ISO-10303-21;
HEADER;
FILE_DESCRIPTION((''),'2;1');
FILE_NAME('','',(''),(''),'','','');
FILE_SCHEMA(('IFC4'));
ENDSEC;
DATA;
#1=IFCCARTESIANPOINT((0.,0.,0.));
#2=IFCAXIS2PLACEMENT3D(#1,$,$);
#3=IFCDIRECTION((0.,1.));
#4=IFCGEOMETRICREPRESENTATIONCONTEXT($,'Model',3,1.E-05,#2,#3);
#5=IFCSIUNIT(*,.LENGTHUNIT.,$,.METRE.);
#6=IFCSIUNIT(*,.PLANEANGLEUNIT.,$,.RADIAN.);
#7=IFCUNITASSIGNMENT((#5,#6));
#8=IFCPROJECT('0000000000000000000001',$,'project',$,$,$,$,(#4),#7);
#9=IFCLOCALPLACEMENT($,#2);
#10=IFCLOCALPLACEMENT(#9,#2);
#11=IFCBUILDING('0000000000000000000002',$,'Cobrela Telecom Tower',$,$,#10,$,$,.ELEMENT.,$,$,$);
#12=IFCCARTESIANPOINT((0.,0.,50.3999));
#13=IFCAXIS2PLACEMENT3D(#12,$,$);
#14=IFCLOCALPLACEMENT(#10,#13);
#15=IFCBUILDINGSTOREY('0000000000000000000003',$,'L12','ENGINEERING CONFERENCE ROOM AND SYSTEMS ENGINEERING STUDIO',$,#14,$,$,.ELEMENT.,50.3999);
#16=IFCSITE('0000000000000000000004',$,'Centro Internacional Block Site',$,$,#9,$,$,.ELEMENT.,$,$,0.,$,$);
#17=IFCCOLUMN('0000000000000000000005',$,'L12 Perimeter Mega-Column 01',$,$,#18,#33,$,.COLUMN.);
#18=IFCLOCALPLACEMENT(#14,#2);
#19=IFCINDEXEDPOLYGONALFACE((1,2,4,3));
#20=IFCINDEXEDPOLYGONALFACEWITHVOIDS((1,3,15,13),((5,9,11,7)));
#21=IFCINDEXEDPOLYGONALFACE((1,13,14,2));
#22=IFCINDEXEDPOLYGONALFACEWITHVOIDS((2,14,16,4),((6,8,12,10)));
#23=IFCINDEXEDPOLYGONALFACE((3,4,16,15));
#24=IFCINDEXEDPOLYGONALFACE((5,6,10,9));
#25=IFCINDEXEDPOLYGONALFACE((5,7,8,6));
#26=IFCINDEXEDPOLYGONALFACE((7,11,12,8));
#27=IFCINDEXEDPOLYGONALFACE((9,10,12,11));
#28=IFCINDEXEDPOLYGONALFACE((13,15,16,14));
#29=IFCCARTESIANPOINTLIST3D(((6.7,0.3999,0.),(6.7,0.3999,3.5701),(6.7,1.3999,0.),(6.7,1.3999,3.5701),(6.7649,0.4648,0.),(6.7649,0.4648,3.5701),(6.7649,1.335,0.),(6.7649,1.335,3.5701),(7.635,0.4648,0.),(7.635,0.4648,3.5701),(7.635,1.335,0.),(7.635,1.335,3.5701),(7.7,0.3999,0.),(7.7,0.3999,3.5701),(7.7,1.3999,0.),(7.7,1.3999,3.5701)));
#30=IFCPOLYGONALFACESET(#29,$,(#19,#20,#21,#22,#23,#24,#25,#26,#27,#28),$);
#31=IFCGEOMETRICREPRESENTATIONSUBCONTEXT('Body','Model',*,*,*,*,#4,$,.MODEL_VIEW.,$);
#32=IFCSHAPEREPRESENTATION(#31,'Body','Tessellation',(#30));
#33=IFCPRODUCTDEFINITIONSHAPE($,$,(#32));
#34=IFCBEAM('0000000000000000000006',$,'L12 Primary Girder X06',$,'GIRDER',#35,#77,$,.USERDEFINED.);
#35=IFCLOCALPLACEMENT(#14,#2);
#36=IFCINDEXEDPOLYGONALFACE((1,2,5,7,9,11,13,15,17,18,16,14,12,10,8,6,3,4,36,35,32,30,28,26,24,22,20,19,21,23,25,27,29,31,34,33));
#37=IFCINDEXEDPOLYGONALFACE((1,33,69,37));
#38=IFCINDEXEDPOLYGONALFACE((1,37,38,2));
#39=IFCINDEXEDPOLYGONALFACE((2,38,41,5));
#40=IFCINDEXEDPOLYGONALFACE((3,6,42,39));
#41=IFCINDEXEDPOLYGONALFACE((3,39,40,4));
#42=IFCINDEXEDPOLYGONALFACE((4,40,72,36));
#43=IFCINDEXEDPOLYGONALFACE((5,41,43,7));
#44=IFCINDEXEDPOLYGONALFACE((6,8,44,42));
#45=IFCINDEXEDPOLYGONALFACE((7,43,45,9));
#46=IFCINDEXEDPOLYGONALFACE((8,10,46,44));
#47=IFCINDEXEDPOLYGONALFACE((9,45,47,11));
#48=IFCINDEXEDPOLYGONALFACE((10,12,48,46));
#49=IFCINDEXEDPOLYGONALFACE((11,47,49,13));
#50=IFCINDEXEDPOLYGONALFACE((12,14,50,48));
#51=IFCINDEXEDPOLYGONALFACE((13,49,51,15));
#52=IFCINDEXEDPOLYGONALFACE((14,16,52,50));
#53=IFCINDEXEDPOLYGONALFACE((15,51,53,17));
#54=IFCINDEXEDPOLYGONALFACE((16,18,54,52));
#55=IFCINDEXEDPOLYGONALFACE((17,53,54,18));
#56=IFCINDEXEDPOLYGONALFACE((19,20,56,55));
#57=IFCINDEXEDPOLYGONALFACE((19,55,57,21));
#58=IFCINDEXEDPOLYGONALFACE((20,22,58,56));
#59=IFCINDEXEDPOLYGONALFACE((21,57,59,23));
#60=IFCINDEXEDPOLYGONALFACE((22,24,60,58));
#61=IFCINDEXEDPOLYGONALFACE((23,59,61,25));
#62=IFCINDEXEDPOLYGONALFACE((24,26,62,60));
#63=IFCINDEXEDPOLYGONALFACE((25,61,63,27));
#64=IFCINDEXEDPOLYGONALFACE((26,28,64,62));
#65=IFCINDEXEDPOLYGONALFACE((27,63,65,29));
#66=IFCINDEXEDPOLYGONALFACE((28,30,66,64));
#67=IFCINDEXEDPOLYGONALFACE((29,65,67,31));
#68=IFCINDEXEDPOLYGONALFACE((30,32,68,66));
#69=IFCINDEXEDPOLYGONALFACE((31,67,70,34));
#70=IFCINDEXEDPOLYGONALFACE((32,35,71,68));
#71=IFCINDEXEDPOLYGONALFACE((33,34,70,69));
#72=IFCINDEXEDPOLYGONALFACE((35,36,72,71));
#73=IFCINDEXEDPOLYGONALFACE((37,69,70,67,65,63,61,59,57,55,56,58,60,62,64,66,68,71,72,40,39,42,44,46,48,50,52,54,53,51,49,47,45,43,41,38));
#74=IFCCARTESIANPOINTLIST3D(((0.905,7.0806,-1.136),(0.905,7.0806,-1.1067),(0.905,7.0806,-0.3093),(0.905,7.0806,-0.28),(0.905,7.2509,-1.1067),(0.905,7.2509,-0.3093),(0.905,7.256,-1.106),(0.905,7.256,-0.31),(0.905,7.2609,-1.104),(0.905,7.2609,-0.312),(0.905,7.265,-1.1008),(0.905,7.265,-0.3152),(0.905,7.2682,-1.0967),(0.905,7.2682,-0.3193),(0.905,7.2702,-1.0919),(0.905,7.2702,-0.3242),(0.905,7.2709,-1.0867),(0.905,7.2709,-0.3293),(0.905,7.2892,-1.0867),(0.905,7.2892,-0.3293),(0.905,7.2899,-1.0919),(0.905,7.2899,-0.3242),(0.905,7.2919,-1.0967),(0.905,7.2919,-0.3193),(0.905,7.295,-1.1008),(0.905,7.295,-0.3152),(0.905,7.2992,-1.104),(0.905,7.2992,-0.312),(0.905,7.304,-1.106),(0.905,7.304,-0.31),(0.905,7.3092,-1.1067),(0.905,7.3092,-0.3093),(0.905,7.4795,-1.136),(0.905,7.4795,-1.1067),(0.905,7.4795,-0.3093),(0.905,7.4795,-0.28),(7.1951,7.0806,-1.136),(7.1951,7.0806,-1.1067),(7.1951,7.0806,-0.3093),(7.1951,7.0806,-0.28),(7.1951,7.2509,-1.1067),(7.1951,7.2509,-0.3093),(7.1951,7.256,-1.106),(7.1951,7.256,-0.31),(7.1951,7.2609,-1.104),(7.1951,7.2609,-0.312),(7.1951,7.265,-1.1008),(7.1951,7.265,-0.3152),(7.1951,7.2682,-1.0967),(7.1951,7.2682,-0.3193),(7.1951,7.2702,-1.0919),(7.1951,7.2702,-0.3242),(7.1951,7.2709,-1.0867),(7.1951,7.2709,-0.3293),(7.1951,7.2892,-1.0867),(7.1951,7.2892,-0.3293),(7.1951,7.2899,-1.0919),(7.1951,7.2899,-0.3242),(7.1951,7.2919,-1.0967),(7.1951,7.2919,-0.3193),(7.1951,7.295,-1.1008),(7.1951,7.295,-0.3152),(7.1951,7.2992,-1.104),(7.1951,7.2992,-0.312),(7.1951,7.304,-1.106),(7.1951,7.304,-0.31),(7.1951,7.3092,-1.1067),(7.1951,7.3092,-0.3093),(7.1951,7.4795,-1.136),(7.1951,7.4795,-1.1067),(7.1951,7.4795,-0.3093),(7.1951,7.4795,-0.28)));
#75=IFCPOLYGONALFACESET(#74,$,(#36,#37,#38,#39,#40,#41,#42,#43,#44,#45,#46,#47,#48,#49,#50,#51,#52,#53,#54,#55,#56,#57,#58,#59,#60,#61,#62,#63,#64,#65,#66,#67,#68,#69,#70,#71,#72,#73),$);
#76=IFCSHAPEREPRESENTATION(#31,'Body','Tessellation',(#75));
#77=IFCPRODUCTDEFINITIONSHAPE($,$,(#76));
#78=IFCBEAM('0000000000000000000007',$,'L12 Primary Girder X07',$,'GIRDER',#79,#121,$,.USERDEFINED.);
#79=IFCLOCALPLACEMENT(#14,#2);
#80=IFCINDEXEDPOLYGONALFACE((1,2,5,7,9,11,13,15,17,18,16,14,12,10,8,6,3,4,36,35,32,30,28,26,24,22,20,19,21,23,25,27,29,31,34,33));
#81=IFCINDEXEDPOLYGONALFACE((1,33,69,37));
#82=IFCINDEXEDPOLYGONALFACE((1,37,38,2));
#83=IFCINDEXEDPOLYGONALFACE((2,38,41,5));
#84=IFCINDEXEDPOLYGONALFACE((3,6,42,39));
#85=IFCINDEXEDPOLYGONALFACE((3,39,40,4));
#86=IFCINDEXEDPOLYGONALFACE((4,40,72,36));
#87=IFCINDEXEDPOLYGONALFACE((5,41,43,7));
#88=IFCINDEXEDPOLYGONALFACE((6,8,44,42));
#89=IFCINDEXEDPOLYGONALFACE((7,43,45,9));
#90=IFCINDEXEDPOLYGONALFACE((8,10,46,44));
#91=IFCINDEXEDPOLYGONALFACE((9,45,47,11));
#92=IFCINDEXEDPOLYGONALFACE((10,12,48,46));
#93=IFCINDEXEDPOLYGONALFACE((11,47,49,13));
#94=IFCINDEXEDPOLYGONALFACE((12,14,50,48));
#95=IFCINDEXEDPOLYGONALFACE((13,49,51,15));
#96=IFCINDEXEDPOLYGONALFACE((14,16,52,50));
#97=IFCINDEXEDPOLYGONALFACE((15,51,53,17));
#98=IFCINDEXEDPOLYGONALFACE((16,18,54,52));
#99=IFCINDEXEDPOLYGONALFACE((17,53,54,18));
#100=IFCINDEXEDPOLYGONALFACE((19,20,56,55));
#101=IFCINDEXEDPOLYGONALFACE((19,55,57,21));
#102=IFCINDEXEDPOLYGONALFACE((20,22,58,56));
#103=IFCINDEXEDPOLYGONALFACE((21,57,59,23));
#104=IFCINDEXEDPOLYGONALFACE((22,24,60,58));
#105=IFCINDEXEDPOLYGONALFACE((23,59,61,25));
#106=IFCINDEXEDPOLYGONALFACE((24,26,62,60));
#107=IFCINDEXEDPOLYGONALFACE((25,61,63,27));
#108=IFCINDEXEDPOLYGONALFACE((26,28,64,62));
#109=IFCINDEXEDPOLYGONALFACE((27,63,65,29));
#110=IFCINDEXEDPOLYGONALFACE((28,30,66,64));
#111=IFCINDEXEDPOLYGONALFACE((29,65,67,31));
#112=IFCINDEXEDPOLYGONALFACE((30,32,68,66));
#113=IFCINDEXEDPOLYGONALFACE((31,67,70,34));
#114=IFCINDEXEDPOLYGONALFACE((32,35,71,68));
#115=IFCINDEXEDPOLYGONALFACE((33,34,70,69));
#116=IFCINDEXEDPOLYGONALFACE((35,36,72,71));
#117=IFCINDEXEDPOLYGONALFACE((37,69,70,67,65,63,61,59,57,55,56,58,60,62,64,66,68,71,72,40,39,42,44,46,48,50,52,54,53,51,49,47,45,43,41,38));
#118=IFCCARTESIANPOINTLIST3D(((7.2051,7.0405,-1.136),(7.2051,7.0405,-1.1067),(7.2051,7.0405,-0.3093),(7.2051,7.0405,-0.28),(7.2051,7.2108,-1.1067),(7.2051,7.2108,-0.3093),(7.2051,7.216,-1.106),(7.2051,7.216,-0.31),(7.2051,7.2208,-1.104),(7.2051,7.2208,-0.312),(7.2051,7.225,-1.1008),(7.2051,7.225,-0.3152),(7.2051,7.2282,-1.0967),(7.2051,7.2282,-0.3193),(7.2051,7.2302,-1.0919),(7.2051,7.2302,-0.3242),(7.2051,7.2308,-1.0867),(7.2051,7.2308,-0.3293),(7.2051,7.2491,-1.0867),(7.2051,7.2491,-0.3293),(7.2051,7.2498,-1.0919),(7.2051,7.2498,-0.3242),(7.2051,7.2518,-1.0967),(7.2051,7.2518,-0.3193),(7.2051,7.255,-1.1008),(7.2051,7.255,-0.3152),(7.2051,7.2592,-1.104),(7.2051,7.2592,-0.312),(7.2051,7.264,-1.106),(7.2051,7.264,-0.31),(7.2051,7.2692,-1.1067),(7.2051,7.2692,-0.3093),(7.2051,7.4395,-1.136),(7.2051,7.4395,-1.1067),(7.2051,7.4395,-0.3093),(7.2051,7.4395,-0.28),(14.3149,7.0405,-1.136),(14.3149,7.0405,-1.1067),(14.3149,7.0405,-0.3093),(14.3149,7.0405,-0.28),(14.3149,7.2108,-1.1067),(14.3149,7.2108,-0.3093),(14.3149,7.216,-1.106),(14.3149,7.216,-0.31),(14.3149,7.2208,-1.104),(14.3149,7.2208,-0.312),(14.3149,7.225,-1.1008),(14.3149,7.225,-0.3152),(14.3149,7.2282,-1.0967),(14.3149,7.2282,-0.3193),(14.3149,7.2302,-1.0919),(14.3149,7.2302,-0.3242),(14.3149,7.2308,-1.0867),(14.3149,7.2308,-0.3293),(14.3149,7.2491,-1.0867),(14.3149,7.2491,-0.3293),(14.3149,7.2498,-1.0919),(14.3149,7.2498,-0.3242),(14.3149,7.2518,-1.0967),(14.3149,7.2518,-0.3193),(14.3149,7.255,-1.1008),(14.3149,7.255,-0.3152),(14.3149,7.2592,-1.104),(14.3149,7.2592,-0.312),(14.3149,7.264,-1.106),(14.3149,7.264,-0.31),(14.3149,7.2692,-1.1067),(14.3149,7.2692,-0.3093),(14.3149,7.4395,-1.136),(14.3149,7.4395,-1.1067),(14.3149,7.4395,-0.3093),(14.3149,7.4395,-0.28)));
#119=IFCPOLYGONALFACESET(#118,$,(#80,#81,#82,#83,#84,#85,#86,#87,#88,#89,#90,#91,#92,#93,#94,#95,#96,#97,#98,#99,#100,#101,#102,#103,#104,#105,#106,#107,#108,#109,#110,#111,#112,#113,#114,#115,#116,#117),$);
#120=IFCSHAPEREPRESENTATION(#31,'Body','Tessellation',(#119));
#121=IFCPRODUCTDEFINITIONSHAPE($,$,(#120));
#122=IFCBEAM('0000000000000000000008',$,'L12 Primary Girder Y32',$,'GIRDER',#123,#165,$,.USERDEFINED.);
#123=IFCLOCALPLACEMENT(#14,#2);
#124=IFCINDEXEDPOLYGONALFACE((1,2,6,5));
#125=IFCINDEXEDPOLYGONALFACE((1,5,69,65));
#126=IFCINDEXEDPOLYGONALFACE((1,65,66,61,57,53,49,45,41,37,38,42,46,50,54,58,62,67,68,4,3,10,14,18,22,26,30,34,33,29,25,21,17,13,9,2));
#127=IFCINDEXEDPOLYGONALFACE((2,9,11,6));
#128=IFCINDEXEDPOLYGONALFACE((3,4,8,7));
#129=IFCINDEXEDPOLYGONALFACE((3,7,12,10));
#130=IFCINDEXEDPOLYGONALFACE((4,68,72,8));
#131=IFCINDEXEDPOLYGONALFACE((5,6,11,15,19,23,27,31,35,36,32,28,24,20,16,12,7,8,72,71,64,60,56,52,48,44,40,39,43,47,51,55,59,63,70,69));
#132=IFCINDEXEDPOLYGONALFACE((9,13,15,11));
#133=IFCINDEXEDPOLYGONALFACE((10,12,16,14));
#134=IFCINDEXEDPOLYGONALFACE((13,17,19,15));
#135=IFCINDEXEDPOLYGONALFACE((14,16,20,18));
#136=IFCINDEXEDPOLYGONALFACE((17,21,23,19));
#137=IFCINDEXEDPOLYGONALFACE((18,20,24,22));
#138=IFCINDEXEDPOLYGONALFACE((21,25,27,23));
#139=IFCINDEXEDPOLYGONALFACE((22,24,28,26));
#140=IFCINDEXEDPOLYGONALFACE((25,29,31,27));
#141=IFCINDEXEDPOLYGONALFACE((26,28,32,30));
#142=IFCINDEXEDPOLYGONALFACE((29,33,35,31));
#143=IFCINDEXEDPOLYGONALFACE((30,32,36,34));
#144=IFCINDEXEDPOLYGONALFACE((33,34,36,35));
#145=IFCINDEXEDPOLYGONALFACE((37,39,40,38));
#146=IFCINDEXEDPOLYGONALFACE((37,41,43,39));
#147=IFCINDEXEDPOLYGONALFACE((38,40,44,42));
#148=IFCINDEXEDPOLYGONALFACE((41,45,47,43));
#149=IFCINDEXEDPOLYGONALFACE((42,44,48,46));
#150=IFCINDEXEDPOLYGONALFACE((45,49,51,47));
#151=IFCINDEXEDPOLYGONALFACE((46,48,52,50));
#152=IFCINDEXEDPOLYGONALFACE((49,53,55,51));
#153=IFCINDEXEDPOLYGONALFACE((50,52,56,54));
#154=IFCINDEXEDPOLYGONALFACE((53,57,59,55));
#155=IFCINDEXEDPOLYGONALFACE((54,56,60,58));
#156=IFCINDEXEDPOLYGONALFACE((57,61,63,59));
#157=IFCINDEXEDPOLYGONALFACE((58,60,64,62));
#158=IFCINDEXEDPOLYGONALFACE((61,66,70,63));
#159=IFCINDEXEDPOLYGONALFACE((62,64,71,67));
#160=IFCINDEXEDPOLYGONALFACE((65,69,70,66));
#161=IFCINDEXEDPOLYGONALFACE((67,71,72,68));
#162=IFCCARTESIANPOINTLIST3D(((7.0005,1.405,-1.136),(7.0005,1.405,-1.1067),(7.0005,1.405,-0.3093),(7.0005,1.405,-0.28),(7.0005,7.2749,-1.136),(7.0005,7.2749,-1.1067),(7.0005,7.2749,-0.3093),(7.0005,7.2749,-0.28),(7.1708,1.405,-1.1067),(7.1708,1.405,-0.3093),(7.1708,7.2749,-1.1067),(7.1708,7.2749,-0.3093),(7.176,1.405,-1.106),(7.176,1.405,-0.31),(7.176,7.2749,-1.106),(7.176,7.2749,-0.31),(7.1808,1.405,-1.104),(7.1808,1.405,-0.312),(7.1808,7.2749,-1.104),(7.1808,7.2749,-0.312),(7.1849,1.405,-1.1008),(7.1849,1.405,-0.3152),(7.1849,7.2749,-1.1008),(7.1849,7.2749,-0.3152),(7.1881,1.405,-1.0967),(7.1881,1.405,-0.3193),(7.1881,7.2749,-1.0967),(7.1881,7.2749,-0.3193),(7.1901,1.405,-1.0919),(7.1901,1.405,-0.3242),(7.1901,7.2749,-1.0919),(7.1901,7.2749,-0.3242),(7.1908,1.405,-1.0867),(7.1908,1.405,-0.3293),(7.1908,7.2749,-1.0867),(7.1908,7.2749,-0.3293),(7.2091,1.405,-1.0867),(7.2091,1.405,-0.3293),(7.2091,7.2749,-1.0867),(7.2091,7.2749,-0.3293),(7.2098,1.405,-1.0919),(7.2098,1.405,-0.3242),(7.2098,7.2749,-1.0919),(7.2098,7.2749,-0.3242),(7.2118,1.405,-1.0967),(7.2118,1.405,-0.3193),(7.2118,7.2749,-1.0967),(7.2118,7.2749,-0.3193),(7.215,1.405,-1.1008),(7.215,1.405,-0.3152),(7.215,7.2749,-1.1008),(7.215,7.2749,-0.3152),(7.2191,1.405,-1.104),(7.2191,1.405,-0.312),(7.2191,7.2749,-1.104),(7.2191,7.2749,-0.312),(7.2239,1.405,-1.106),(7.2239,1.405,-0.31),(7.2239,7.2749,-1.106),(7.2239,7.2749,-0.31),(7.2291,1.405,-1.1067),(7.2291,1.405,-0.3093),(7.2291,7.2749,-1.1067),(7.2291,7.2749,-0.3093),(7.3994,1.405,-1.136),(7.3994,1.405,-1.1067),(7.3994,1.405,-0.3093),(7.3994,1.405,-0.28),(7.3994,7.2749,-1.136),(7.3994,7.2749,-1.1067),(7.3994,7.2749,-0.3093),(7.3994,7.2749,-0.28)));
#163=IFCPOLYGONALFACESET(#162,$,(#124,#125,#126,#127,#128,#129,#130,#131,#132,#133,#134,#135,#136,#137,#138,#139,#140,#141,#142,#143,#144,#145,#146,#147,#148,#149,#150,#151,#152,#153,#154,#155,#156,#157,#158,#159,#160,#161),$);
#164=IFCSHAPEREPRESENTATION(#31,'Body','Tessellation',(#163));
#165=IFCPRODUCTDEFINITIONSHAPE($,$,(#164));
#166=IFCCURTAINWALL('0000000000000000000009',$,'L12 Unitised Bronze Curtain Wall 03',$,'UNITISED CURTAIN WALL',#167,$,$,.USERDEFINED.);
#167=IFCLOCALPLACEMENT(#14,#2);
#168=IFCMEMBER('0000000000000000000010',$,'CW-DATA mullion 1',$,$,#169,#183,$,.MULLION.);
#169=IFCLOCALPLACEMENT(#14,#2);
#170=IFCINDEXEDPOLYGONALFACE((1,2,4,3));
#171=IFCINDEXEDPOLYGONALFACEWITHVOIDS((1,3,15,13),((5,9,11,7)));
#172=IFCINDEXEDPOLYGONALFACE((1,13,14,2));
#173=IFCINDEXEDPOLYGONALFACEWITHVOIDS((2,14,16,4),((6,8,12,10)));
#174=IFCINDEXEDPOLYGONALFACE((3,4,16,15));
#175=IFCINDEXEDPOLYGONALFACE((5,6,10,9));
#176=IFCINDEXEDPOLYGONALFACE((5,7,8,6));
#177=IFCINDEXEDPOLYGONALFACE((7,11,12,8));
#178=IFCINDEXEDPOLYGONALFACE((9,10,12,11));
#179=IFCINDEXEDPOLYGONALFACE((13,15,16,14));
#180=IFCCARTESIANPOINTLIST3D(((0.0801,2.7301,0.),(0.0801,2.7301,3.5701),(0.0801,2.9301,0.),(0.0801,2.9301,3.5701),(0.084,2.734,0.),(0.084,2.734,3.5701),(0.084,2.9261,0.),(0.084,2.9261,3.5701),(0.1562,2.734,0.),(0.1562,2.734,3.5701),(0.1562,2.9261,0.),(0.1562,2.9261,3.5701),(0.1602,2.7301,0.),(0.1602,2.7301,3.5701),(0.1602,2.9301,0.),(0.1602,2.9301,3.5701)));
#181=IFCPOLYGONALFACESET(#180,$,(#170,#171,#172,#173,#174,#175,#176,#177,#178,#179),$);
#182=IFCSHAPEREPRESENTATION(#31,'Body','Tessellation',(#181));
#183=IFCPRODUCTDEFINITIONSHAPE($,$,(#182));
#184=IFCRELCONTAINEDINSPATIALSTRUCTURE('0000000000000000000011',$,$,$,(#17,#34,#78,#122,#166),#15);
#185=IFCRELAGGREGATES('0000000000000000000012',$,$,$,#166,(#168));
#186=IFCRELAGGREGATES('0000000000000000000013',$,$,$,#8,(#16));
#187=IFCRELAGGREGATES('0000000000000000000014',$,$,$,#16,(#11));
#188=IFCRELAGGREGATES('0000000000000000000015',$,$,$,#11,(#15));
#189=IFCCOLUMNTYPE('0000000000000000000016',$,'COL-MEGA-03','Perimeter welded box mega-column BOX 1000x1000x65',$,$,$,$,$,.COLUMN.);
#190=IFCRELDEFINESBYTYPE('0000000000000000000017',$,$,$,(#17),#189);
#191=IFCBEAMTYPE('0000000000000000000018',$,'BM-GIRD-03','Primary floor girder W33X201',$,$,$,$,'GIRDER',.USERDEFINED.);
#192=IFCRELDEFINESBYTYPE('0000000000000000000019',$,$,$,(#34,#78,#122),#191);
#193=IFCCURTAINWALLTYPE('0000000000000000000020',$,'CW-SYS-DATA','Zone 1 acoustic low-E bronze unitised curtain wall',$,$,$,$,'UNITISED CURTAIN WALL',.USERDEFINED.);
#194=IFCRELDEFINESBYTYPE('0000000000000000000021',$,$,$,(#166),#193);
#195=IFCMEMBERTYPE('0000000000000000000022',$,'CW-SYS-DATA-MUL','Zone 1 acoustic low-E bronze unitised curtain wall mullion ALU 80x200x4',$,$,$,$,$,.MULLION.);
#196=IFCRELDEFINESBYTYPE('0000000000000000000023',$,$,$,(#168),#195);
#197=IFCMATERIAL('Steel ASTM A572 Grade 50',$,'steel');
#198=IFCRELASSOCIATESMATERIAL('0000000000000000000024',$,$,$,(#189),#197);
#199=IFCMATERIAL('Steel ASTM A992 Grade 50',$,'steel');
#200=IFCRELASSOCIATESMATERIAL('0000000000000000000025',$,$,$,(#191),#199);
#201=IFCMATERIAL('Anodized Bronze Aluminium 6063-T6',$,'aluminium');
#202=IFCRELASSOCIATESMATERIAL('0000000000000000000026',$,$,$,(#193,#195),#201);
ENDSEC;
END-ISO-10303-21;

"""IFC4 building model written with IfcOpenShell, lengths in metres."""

from ifc_helpers import new_model, si_unit, direction, frame, origin, origin_2d, place, context, subcontext, project, spatial, hollow_rectangle, i_section, extrude, material, material_profile, profile_set, type_object, element, aggregate, save


model = new_model("IFC4")

# Units and contexts
model_context = context("Model", 3, precision=1e-05, world=origin(), true_north=direction((0.0, 1.0)))
body_context = subcontext(model_context, "Body", "Model", "MODEL_VIEW")
ifc_project = project(units=[si_unit("LENGTHUNIT", "METRE"), si_unit("PLANEANGLEUNIT", "RADIAN")], contexts=[model_context])

# Site, building, storey
site_placement = place(None, origin())
site = spatial("IfcSite", under=ifc_project, at=site_placement, Name="Centro Internacional Block Site", CompositionType="ELEMENT", RefElevation=0.0)
building_placement = place(site_placement, origin())
building = spatial("IfcBuilding", under=site, at=building_placement, Name="Cobrela Telecom Tower", CompositionType="ELEMENT")
storey_placement = place(building_placement, frame((0.0, 0.0, 50.3999)))
storey = spatial("IfcBuildingStorey", under=building, at=storey_placement, Name="L12", Description="ENGINEERING CONFERENCE ROOM AND SYSTEMS ENGINEERING STUDIO", CompositionType="ELEMENT", Elevation=50.3999)

# Column
ifc_material_1 = material(Name="Steel ASTM A572 Grade 50", Category="steel")
ifc_material_profile_1 = material_profile(ifc_material_1, hollow_rectangle(XDim=1.0, YDim=1.0, WallThickness=0.0649, at=origin_2d()), Name="BOX 1000x1000x65")
ifc_profile_set_1 = profile_set([ifc_material_profile_1], Name="Steel ASTM A572 Grade 50")
column_type = type_object("IfcColumnType", Name="COL-MEGA-03", Description="Perimeter welded box mega-column BOX 1000x1000x65", PredefinedType="COLUMN", material=ifc_profile_set_1)
column_placement = place(storey_placement, frame((7.2, 0.8999, 0.0), z_axis=(0.0, 0.0, 1.0), x_axis=(1.0, 0.0, 0.0)))
element("IfcColumn", 1, at=column_placement, inside=storey, type_object=column_type, Name="L12 Perimeter Mega-Column 01", PredefinedType="COLUMN", context=body_context, shape_type="SweptSolid", body=[
    extrude(hollow_rectangle(XDim=1.0, YDim=1.0, WallThickness=0.0649, at=origin_2d()), origin(), (0.0, 0.0, 1.0), 3.5701),
])

# Beams
ifc_material_2 = material(Name="Steel ASTM A992 Grade 50", Category="steel")
ifc_material_profile_2 = material_profile(ifc_material_2, i_section(OverallWidth=0.3989, OverallDepth=0.856, WebThickness=0.0183, FlangeThickness=0.0293, FilletRadius=0.02, at=origin_2d()), Name="W33X201")
ifc_profile_set_2 = profile_set([ifc_material_profile_2], Name="Steel ASTM A992 Grade 50")
beam_type = type_object("IfcBeamType", Name="BM-GIRD-03", Description="Primary floor girder W33X201", ElementType="GIRDER", PredefinedType="USERDEFINED", material=ifc_profile_set_2)
beam_1_placement = place(storey_placement, frame((0.905, 7.28, -0.708), z_axis=(1.0, 0.0, 0.0), x_axis=(0.0, 1.0, 0.0)))
element("IfcBeam", 2, at=beam_1_placement, inside=storey, type_object=beam_type, Name="L12 Primary Girder X06", ObjectType="GIRDER", PredefinedType="USERDEFINED", context=body_context, shape_type="SweptSolid", body=[
    extrude(i_section(OverallWidth=0.3989, OverallDepth=0.856, WebThickness=0.0183, FlangeThickness=0.0293, FilletRadius=0.02, at=origin_2d()), origin(), (0.0, 0.0, 1.0), 6.29),
])
beam_2_placement = place(storey_placement, frame((7.2051, 7.24, -0.708), z_axis=(1.0, 0.0, 0.0), x_axis=(0.0, 1.0, 0.0)))
element("IfcBeam", 3, at=beam_2_placement, inside=storey, type_object=beam_type, Name="L12 Primary Girder X07", ObjectType="GIRDER", PredefinedType="USERDEFINED", context=body_context, shape_type="SweptSolid", body=[
    extrude(i_section(OverallWidth=0.3989, OverallDepth=0.856, WebThickness=0.0183, FlangeThickness=0.0293, FilletRadius=0.02, at=origin_2d()), origin(), (0.0, 0.0, 1.0), 7.1099),
])
beam_3_placement = place(storey_placement, frame((7.2, 1.405, -0.708), z_axis=(0.0, 1.0, 0.0), x_axis=(-1.0, 0.0, 0.0)))
element("IfcBeam", 4, at=beam_3_placement, inside=storey, type_object=beam_type, Name="L12 Primary Girder Y32", ObjectType="GIRDER", PredefinedType="USERDEFINED", context=body_context, shape_type="SweptSolid", body=[
    extrude(i_section(OverallWidth=0.3989, OverallDepth=0.856, WebThickness=0.0183, FlangeThickness=0.0293, FilletRadius=0.02, at=origin_2d()), origin(), (0.0, 0.0, 1.0), 5.8699),
])

# Curtain wall, member
ifc_material_3 = material(Name="Anodized Bronze Aluminium 6063-T6", Category="aluminium")
curtain_wall_type = type_object("IfcCurtainWallType", Name="CW-SYS-DATA", Description="Zone 1 acoustic low-E bronze unitised curtain wall", ElementType="UNITISED CURTAIN WALL", PredefinedType="USERDEFINED", material=ifc_material_3)
curtain_wall_placement = place(storey_placement, origin())
curtain_wall = element("IfcCurtainWall", 5, at=curtain_wall_placement, inside=storey, type_object=curtain_wall_type, Name="L12 Unitised Bronze Curtain Wall 03", ObjectType="UNITISED CURTAIN WALL", PredefinedType="USERDEFINED")
ifc_material_profile_3 = material_profile(ifc_material_3, hollow_rectangle(XDim=0.0801, YDim=0.2, WallThickness=0.0039, at=origin_2d()), Name="ALU 80x200x4")
ifc_profile_set_3 = profile_set([ifc_material_profile_3], Name="Anodized Bronze Aluminium 6063-T6")
member_type_1 = type_object("IfcMemberType", Name="CW-SYS-DATA-MUL", Description="Zone 1 acoustic low-E bronze unitised curtain wall mullion ALU 80x200x4", PredefinedType="MULLION", material=ifc_profile_set_3)
member_1_placement = place(storey_placement, frame((0.1201, 2.8301, 0.0), z_axis=(0.0, 0.0, 1.0), x_axis=(-1.0, 0.0, 0.0)))
member_1 = element("IfcMember", 6, at=member_1_placement, type_object=member_type_1, Name="CW-DATA mullion 1", PredefinedType="MULLION", context=body_context, shape_type="SweptSolid", body=[
    extrude(hollow_rectangle(XDim=0.0801, YDim=0.2, WallThickness=0.0039, at=origin_2d()), origin(), (0.0, 0.0, 1.0), 3.5701),
])
aggregate(curtain_wall, [member_1])

save(model, "model.ifc")
